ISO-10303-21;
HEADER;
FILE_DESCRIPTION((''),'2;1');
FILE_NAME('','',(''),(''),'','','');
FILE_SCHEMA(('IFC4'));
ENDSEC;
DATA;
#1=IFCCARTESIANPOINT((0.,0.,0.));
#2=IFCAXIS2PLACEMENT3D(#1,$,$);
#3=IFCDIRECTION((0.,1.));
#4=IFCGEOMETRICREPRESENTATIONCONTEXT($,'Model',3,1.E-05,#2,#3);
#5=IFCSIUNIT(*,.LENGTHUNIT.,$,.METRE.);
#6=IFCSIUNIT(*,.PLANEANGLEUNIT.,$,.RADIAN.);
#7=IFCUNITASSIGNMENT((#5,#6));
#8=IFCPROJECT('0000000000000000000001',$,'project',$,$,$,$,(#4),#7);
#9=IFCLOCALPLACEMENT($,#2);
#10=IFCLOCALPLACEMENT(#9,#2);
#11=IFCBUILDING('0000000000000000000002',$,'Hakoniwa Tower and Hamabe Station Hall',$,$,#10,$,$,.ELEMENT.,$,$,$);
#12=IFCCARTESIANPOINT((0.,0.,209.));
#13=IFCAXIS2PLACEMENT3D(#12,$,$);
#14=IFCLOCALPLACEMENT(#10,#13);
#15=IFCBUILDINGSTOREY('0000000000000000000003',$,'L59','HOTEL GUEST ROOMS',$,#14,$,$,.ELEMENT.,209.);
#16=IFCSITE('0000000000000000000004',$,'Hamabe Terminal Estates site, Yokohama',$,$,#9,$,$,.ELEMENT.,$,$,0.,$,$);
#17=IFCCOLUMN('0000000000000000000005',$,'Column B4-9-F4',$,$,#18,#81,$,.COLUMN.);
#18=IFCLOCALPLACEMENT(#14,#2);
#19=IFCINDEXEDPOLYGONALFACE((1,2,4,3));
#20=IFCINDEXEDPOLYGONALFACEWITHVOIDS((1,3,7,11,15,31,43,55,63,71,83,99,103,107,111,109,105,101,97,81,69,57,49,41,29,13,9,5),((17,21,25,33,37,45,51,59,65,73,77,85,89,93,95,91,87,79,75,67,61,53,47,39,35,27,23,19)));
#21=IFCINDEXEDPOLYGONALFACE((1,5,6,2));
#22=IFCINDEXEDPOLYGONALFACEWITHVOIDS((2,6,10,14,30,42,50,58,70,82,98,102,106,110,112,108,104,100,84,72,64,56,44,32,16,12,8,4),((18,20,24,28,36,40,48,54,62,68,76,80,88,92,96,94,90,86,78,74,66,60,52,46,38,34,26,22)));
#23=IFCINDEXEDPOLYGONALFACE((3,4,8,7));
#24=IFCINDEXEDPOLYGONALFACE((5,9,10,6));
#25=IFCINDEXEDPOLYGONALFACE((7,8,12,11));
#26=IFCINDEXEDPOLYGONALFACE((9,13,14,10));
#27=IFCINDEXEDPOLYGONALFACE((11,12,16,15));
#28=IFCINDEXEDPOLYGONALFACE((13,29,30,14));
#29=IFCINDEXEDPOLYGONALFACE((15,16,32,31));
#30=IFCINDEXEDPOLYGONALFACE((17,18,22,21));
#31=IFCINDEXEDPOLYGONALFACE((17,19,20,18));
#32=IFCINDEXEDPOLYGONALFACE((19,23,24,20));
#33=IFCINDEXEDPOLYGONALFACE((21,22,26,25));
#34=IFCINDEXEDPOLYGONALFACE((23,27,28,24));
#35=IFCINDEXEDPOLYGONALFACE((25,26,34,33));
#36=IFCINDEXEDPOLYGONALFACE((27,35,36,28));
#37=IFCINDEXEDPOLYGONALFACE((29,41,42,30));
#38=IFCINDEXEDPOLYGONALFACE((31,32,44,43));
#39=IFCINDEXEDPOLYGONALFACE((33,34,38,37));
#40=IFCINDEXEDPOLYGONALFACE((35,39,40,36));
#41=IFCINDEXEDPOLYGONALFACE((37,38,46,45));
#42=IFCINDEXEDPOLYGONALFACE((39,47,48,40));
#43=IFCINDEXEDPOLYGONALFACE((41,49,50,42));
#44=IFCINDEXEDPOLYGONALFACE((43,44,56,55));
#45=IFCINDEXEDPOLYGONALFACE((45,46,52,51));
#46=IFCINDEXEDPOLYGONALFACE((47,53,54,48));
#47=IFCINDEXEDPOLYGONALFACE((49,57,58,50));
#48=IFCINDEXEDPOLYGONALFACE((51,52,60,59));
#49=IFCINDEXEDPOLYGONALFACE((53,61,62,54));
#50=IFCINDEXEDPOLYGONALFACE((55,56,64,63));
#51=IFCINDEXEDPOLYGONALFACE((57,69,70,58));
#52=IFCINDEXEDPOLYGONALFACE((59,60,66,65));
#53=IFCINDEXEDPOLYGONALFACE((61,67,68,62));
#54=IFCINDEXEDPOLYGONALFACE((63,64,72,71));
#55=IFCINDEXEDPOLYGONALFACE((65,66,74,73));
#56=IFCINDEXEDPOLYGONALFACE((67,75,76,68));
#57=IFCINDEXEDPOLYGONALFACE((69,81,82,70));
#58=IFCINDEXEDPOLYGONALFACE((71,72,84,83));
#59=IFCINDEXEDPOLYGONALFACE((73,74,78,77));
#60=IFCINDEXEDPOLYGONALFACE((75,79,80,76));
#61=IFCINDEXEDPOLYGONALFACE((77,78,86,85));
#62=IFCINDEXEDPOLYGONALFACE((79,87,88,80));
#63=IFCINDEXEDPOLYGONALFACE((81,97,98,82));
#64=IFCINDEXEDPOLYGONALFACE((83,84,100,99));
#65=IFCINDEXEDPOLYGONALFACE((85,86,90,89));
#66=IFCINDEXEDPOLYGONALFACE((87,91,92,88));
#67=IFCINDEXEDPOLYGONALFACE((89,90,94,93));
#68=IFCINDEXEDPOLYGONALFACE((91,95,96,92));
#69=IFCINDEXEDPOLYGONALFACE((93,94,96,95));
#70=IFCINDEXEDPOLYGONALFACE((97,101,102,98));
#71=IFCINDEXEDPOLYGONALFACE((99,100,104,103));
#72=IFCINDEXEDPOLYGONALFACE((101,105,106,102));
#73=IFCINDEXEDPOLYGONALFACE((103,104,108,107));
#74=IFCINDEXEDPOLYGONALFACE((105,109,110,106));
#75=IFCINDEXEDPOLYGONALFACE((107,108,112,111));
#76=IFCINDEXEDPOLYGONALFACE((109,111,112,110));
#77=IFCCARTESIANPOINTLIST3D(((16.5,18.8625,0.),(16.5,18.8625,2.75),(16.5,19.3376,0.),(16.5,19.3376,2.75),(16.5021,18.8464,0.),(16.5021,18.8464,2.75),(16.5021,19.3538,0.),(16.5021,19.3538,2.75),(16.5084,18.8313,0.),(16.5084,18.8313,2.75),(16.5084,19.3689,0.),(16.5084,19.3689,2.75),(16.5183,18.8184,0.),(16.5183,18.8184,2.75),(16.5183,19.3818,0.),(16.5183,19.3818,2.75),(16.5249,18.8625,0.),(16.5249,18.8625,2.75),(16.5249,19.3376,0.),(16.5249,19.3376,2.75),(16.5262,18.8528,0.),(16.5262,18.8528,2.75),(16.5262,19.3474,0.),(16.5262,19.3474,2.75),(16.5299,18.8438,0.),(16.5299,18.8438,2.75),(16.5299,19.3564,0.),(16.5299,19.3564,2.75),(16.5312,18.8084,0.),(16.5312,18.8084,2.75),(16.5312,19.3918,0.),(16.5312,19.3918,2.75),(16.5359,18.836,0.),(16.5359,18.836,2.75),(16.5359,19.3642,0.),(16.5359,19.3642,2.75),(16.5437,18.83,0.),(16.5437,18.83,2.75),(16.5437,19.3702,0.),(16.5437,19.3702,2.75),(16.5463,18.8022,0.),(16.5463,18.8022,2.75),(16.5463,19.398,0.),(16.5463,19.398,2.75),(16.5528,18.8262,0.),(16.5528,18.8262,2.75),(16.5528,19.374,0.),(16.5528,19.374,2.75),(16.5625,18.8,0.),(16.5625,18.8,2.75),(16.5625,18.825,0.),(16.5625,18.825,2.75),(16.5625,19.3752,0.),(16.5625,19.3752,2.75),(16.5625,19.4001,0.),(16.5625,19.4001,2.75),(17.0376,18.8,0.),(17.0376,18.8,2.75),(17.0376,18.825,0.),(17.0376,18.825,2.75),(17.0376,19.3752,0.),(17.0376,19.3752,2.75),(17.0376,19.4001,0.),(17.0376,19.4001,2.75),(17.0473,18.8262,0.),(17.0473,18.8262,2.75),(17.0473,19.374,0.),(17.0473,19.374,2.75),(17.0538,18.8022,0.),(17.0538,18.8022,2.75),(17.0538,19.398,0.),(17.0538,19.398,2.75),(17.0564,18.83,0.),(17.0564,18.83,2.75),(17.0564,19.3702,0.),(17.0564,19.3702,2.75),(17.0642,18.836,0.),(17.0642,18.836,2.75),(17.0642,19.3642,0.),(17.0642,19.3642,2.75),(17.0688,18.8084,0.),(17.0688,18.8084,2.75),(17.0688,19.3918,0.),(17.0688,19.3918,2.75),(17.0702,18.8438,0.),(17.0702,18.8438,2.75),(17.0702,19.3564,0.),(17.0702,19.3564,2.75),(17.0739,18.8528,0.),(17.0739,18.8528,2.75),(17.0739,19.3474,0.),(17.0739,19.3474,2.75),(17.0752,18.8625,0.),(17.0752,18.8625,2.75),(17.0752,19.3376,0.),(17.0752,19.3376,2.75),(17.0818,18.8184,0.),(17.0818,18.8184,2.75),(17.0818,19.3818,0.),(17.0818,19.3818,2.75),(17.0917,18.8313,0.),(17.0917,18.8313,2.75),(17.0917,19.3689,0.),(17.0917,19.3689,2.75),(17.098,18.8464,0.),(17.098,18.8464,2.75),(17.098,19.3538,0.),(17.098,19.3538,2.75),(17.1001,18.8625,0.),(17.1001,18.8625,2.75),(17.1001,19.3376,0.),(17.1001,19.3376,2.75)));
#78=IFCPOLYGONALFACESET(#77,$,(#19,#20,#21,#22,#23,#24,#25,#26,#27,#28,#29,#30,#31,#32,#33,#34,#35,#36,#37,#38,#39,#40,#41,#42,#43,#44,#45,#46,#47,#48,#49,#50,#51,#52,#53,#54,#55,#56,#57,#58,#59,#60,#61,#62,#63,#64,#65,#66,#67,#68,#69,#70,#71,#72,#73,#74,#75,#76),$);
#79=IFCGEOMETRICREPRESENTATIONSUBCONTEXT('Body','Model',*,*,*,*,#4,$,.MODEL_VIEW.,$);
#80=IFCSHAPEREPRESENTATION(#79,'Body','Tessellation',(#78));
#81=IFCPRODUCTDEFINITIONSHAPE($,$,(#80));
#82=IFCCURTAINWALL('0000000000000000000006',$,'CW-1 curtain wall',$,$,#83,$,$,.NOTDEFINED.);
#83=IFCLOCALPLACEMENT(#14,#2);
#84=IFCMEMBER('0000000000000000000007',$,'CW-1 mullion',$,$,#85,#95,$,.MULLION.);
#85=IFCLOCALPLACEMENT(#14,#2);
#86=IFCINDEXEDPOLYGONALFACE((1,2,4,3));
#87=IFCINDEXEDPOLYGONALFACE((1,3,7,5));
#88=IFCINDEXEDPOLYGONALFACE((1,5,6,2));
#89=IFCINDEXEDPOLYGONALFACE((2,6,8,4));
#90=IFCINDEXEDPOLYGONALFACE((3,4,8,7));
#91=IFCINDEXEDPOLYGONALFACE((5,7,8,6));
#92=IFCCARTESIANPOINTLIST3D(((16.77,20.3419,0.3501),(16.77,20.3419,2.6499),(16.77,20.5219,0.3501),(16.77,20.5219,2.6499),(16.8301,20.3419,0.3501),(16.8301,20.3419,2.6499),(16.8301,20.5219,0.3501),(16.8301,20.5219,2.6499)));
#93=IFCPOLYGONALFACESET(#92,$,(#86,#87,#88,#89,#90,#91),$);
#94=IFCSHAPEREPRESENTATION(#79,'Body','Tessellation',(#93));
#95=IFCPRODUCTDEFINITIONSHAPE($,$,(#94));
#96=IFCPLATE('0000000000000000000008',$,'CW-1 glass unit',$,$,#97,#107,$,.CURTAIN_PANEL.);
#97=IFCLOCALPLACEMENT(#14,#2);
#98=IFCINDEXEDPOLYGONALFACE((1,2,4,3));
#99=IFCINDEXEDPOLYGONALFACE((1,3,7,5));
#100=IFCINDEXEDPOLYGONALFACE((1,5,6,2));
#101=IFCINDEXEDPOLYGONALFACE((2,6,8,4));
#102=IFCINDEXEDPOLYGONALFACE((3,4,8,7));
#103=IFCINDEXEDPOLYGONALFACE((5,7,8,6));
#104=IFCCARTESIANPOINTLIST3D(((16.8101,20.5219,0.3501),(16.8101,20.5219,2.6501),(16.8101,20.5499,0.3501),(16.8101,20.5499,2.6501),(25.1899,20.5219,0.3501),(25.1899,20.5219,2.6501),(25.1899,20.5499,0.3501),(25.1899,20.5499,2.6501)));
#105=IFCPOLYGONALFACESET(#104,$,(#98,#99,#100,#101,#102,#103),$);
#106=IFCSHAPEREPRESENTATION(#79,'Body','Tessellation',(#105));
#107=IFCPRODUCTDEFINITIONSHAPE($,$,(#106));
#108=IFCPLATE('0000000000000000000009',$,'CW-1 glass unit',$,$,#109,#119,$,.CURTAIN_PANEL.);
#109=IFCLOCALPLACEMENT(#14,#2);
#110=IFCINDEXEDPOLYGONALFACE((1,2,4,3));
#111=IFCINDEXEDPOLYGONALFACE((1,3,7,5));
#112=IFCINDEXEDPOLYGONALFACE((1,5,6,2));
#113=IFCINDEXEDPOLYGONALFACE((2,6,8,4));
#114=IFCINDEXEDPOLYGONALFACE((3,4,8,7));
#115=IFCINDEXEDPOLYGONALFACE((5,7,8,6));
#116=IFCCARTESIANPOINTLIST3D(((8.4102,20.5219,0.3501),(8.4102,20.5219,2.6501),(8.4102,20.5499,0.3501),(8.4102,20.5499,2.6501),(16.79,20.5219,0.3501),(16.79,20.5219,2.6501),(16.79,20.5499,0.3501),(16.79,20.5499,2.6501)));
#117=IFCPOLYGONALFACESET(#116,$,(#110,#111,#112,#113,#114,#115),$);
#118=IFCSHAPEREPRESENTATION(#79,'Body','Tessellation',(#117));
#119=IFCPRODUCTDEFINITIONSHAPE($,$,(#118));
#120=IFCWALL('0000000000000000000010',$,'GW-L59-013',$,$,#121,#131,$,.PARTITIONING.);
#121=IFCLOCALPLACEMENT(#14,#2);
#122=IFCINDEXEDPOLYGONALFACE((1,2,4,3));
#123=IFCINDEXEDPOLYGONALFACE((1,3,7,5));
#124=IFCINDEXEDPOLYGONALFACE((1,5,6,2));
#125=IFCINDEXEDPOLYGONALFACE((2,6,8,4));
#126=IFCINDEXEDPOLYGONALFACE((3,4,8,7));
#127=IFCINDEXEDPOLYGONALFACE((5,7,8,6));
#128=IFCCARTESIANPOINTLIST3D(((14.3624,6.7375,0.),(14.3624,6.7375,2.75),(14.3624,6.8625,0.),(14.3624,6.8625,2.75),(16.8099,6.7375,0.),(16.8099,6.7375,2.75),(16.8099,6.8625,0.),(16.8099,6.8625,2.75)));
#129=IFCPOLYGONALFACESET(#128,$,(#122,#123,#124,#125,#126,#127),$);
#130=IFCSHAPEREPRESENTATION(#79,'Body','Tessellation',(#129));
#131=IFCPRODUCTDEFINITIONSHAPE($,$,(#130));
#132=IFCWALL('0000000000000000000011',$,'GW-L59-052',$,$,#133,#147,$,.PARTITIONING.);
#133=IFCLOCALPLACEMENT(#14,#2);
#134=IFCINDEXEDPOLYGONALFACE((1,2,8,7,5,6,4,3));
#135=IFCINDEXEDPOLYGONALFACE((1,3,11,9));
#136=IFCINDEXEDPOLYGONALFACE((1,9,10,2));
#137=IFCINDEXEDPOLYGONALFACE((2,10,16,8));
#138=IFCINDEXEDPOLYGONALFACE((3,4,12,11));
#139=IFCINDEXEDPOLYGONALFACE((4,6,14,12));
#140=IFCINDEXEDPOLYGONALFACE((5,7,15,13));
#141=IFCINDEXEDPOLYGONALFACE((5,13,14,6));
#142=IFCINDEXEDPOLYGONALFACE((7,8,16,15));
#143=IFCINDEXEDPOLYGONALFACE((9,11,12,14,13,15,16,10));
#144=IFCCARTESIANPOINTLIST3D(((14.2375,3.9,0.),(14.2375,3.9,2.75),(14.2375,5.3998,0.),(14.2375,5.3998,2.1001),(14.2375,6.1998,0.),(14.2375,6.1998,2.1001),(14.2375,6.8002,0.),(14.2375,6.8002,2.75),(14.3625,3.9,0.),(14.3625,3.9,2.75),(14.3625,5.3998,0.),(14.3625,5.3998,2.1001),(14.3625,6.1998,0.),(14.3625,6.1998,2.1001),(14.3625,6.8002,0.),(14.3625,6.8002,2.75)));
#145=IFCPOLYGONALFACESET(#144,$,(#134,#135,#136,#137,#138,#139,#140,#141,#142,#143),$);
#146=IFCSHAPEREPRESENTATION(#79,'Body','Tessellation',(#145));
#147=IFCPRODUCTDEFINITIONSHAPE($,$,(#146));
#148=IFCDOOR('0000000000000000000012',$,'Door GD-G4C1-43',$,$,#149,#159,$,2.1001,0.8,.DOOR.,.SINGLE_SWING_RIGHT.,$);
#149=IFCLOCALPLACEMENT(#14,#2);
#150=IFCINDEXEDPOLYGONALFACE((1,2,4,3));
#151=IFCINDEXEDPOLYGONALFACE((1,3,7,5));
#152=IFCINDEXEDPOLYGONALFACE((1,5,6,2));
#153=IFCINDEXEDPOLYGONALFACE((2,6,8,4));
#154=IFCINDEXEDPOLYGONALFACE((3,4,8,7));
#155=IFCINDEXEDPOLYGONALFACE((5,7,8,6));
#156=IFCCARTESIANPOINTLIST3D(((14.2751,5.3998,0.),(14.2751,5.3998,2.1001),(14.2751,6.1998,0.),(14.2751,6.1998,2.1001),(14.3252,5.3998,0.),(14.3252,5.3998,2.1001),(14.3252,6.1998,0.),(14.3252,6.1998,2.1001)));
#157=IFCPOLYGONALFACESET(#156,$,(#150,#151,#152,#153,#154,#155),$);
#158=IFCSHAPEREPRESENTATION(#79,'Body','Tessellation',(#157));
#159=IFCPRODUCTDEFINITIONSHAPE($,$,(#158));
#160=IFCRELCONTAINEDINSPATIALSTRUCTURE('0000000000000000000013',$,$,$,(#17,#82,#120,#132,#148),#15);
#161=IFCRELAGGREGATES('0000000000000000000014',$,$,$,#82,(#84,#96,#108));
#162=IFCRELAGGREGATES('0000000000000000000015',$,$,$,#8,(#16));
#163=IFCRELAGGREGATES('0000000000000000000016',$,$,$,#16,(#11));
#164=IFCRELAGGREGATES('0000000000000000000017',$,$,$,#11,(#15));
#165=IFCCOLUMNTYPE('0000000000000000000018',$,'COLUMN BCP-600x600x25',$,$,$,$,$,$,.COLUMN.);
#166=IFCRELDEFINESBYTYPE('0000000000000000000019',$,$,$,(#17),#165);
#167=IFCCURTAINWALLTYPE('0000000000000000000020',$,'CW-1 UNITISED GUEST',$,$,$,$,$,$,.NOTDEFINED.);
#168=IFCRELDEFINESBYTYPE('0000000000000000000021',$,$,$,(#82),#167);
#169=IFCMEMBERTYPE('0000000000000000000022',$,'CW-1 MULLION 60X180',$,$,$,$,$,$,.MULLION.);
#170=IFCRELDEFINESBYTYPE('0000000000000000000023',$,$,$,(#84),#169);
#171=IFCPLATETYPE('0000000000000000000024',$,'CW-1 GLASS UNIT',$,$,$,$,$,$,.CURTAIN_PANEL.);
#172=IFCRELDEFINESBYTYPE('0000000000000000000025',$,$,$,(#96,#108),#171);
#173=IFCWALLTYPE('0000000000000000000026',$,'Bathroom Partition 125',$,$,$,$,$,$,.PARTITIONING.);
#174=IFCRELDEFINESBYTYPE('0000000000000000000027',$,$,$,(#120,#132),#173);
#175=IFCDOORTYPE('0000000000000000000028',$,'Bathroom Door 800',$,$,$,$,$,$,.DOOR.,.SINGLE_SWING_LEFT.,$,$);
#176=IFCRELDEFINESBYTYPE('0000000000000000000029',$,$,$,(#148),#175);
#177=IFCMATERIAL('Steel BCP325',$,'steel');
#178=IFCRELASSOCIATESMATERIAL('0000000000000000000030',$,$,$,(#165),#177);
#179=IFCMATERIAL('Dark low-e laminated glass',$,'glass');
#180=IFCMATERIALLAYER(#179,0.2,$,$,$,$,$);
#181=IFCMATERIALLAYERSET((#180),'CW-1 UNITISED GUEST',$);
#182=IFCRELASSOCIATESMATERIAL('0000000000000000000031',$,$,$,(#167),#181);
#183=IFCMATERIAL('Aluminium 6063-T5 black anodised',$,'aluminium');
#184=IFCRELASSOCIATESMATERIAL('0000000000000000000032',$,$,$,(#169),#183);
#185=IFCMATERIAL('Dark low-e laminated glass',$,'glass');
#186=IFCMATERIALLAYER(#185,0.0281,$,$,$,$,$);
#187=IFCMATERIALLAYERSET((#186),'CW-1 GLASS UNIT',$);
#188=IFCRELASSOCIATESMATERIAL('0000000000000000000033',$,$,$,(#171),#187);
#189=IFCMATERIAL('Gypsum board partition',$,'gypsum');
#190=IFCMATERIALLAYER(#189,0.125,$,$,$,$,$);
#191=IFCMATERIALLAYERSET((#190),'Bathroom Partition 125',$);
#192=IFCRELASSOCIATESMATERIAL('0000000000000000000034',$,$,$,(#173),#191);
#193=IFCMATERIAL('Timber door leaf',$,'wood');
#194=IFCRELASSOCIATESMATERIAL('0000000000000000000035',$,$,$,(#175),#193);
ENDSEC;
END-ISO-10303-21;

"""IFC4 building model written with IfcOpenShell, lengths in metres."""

from ifc_helpers import new_model, si_unit, direction, frame, frame_2d, origin, origin_2d, place, context, subcontext, project, spatial, rectangle, hollow_rectangle, extrude, material, layer, layer_set, material_profile, profile_set, type_object, element, fill, aggregate, save


model = new_model("IFC4")

# Units and contexts
model_context = context("Model", 3, precision=1e-05, world=origin(), true_north=direction((0.0, 1.0)))
body_context = subcontext(model_context, "Body", "Model", "MODEL_VIEW")
ifc_project = project(units=[si_unit("LENGTHUNIT", "METRE"), si_unit("PLANEANGLEUNIT", "RADIAN")], contexts=[model_context])

# Site, building, storey
site_placement = place(None, origin())
site = spatial("IfcSite", under=ifc_project, at=site_placement, Name="Hamabe Terminal Estates site, Yokohama", CompositionType="ELEMENT", RefElevation=0.0)
building_placement = place(site_placement, origin())
building = spatial("IfcBuilding", under=site, at=building_placement, Name="Hakoniwa Tower and Hamabe Station Hall", CompositionType="ELEMENT")
storey_placement = place(building_placement, frame((0.0, 0.0, 209.0)))
storey = spatial("IfcBuildingStorey", under=building, at=storey_placement, Name="L59", Description="HOTEL GUEST ROOMS", CompositionType="ELEMENT", Elevation=209.0)

# Column
ifc_material_1 = material(Name="Steel BCP325", Category="steel")
ifc_material_profile_1 = material_profile(ifc_material_1, hollow_rectangle(XDim=0.6001, YDim=0.6001, WallThickness=0.0249, InnerFilletRadius=0.0376, OuterFilletRadius=0.0625, at=origin_2d()), Name="BCP-600x600x25")
ifc_profile_set_1 = profile_set([ifc_material_profile_1], Name="Steel BCP325")
column_type = type_object("IfcColumnType", Name="COLUMN BCP-600x600x25", PredefinedType="COLUMN", material=ifc_profile_set_1)
column_placement = place(storey_placement, frame((16.8, 19.1001, 0.0), z_axis=(0.0, 0.0, 1.0), x_axis=(1.0, 0.0, 0.0)))
element("IfcColumn", 1, at=column_placement, inside=storey, type_object=column_type, Name="Column B4-9-F4", PredefinedType="COLUMN", context=body_context, shape_type="SweptSolid", body=[
    extrude(hollow_rectangle(XDim=0.6001, YDim=0.6001, WallThickness=0.0249, InnerFilletRadius=0.0376, OuterFilletRadius=0.0625, at=origin_2d()), origin(), (0.0, 0.0, 1.0), 2.75),
])

# Curtain wall, member, plates
ifc_material_2 = material(Name="Dark low-e laminated glass", Category="glass")
ifc_layer_1 = layer(ifc_material_2, 0.2)
ifc_layer_set_1 = layer_set([ifc_layer_1], Name="CW-1 UNITISED GUEST")
curtain_wall_type = type_object("IfcCurtainWallType", Name="CW-1 UNITISED GUEST", PredefinedType="NOTDEFINED", material=ifc_layer_set_1)
curtain_wall_placement = place(storey_placement, origin())
curtain_wall = element("IfcCurtainWall", 2, at=curtain_wall_placement, inside=storey, type_object=curtain_wall_type, Name="CW-1 curtain wall", PredefinedType="NOTDEFINED")
ifc_material_3 = material(Name="Aluminium 6063-T5 black anodised", Category="aluminium")
ifc_material_profile_2 = material_profile(ifc_material_3, rectangle(XDim=0.0601, YDim=0.1799, at=origin_2d()), Name="CW-1 MULLION 60X180")
ifc_profile_set_2 = profile_set([ifc_material_profile_2], Name="Aluminium 6063-T5 black anodised")
member_type = type_object("IfcMemberType", Name="CW-1 MULLION 60X180", PredefinedType="MULLION", material=ifc_profile_set_2)
member_placement = place(storey_placement, frame((16.8, 20.4319, 0.3501), z_axis=(0.0, 0.0, 1.0), x_axis=(-1.0, 0.0, 0.0)))
member = element("IfcMember", 3, at=member_placement, type_object=member_type, Name="CW-1 mullion", PredefinedType="MULLION", context=body_context, shape_type="SweptSolid", body=[
    extrude(rectangle(XDim=0.0601, YDim=0.1799, at=origin_2d()), origin(), (0.0, 0.0, 1.0), 2.2998),
])
ifc_material_4 = material(Name="Dark low-e laminated glass", Category="glass")
ifc_layer_2 = layer(ifc_material_4, 0.0281)
ifc_layer_set_2 = layer_set([ifc_layer_2], Name="CW-1 GLASS UNIT")
plate_type = type_object("IfcPlateType", Name="CW-1 GLASS UNIT", PredefinedType="CURTAIN_PANEL", material=ifc_layer_set_2)
plate_1_placement = place(storey_placement, frame((21.0, 20.5359, 0.3501), z_axis=(0.0, 0.0, 1.0), x_axis=(-1.0, 0.0, 0.0)))
plate_1 = element("IfcPlate", 4, at=plate_1_placement, type_object=plate_type, Name="CW-1 glass unit", PredefinedType="CURTAIN_PANEL", context=body_context, shape_type="SweptSolid", body=[
    extrude(rectangle(XDim=8.3799, YDim=0.0281, at=origin_2d()), origin(), (0.0, 0.0, 1.0), 2.3),
])
plate_2_placement = place(storey_placement, frame((12.6001, 20.5359, 0.3501), z_axis=(0.0, 0.0, 1.0), x_axis=(-1.0, 0.0, 0.0)))
plate_2 = element("IfcPlate", 5, at=plate_2_placement, type_object=plate_type, Name="CW-1 glass unit", PredefinedType="CURTAIN_PANEL", context=body_context, shape_type="SweptSolid", body=[
    extrude(rectangle(XDim=8.3799, YDim=0.0281, at=origin_2d()), origin(), (0.0, 0.0, 1.0), 2.3),
])
aggregate(curtain_wall, [member, plate_1, plate_2])

# Wall
ifc_material_5 = material(Name="Gypsum board partition", Category="gypsum")
ifc_layer_3 = layer(ifc_material_5, 0.125)
ifc_layer_set_3 = layer_set([ifc_layer_3], Name="Bathroom Partition 125")
wall_type_1 = type_object("IfcWallType", Name="Bathroom Partition 125", PredefinedType="PARTITIONING", material=ifc_layer_set_3)
wall_1_placement = place(storey_placement, frame((14.3625, 6.8, 0.0), z_axis=(0.0, 0.0, 1.0), x_axis=(1.0, 0.0, 0.0)))
element("IfcWall", 6, at=wall_1_placement, inside=storey, type_object=wall_type_1, Name="GW-L59-013", PredefinedType="PARTITIONING", context=body_context, shape_type="SweptSolid", body=[
    extrude(rectangle(XDim=2.4475, YDim=0.125, at=frame_2d((1.2236, 0.0))), origin(), (0.0, 0.0, 1.0), 2.75),
])

# Wall, opening, door
wall_2_placement = place(storey_placement, frame((14.3, 3.8999, 0.0), z_axis=(0.0, 0.0, 1.0), x_axis=(0.0, 1.0, 0.0)))
wall_2 = element("IfcWall", 7, at=wall_2_placement, inside=storey, type_object=wall_type_1, Name="GW-L59-052", PredefinedType="PARTITIONING", context=body_context, shape_type="SweptSolid", body=[
    extrude(rectangle(XDim=2.9001, YDim=0.125, at=frame_2d((1.4502, 0.0))), origin(), (0.0, 0.0, 1.0), 2.75),
])
opening_1_placement = place(wall_2_placement, frame((1.5, 0.0, 0.0)))
opening_1 = element("IfcOpeningElement", 8, at=opening_1_placement, cuts=wall_2, PredefinedType="OPENING", context=body_context, shape_type="SweptSolid", body=[
    extrude(rectangle(XDim=0.8, YDim=2.1001, at=frame_2d((0.3999, 1.05))), frame((0.0, 0.0725, 0.0), z_axis=(0.0, -1.0, 0.0), x_axis=(1.0, 0.0, 0.0)), (0.0, 0.0, 1.0), 0.145),
])
ifc_material_6 = material(Name="Timber door leaf", Category="wood")
door_type_1 = type_object("IfcDoorType", Name="Bathroom Door 800", OperationType="SINGLE_SWING_LEFT", PredefinedType="DOOR", material=ifc_material_6)
door_1_placement = place(opening_1_placement, origin())
door_1 = element("IfcDoor", 9, at=door_1_placement, inside=storey, type_object=door_type_1, Name="Door GD-G4C1-43", OperationType="SINGLE_SWING_RIGHT", OverallHeight=2.1001, OverallWidth=0.8, PredefinedType="DOOR", context=body_context, shape_type="SweptSolid", body=[
    extrude(rectangle(XDim=0.8, YDim=2.1001, at=frame_2d((0.3999, 1.05))), frame((0.0, 0.0249, 0.0), z_axis=(0.0, -1.0, 0.0), x_axis=(1.0, 0.0, 0.0)), (0.0, 0.0, 1.0), 0.05),
])
fill(opening_1, door_1)

save(model, "model.ifc")
